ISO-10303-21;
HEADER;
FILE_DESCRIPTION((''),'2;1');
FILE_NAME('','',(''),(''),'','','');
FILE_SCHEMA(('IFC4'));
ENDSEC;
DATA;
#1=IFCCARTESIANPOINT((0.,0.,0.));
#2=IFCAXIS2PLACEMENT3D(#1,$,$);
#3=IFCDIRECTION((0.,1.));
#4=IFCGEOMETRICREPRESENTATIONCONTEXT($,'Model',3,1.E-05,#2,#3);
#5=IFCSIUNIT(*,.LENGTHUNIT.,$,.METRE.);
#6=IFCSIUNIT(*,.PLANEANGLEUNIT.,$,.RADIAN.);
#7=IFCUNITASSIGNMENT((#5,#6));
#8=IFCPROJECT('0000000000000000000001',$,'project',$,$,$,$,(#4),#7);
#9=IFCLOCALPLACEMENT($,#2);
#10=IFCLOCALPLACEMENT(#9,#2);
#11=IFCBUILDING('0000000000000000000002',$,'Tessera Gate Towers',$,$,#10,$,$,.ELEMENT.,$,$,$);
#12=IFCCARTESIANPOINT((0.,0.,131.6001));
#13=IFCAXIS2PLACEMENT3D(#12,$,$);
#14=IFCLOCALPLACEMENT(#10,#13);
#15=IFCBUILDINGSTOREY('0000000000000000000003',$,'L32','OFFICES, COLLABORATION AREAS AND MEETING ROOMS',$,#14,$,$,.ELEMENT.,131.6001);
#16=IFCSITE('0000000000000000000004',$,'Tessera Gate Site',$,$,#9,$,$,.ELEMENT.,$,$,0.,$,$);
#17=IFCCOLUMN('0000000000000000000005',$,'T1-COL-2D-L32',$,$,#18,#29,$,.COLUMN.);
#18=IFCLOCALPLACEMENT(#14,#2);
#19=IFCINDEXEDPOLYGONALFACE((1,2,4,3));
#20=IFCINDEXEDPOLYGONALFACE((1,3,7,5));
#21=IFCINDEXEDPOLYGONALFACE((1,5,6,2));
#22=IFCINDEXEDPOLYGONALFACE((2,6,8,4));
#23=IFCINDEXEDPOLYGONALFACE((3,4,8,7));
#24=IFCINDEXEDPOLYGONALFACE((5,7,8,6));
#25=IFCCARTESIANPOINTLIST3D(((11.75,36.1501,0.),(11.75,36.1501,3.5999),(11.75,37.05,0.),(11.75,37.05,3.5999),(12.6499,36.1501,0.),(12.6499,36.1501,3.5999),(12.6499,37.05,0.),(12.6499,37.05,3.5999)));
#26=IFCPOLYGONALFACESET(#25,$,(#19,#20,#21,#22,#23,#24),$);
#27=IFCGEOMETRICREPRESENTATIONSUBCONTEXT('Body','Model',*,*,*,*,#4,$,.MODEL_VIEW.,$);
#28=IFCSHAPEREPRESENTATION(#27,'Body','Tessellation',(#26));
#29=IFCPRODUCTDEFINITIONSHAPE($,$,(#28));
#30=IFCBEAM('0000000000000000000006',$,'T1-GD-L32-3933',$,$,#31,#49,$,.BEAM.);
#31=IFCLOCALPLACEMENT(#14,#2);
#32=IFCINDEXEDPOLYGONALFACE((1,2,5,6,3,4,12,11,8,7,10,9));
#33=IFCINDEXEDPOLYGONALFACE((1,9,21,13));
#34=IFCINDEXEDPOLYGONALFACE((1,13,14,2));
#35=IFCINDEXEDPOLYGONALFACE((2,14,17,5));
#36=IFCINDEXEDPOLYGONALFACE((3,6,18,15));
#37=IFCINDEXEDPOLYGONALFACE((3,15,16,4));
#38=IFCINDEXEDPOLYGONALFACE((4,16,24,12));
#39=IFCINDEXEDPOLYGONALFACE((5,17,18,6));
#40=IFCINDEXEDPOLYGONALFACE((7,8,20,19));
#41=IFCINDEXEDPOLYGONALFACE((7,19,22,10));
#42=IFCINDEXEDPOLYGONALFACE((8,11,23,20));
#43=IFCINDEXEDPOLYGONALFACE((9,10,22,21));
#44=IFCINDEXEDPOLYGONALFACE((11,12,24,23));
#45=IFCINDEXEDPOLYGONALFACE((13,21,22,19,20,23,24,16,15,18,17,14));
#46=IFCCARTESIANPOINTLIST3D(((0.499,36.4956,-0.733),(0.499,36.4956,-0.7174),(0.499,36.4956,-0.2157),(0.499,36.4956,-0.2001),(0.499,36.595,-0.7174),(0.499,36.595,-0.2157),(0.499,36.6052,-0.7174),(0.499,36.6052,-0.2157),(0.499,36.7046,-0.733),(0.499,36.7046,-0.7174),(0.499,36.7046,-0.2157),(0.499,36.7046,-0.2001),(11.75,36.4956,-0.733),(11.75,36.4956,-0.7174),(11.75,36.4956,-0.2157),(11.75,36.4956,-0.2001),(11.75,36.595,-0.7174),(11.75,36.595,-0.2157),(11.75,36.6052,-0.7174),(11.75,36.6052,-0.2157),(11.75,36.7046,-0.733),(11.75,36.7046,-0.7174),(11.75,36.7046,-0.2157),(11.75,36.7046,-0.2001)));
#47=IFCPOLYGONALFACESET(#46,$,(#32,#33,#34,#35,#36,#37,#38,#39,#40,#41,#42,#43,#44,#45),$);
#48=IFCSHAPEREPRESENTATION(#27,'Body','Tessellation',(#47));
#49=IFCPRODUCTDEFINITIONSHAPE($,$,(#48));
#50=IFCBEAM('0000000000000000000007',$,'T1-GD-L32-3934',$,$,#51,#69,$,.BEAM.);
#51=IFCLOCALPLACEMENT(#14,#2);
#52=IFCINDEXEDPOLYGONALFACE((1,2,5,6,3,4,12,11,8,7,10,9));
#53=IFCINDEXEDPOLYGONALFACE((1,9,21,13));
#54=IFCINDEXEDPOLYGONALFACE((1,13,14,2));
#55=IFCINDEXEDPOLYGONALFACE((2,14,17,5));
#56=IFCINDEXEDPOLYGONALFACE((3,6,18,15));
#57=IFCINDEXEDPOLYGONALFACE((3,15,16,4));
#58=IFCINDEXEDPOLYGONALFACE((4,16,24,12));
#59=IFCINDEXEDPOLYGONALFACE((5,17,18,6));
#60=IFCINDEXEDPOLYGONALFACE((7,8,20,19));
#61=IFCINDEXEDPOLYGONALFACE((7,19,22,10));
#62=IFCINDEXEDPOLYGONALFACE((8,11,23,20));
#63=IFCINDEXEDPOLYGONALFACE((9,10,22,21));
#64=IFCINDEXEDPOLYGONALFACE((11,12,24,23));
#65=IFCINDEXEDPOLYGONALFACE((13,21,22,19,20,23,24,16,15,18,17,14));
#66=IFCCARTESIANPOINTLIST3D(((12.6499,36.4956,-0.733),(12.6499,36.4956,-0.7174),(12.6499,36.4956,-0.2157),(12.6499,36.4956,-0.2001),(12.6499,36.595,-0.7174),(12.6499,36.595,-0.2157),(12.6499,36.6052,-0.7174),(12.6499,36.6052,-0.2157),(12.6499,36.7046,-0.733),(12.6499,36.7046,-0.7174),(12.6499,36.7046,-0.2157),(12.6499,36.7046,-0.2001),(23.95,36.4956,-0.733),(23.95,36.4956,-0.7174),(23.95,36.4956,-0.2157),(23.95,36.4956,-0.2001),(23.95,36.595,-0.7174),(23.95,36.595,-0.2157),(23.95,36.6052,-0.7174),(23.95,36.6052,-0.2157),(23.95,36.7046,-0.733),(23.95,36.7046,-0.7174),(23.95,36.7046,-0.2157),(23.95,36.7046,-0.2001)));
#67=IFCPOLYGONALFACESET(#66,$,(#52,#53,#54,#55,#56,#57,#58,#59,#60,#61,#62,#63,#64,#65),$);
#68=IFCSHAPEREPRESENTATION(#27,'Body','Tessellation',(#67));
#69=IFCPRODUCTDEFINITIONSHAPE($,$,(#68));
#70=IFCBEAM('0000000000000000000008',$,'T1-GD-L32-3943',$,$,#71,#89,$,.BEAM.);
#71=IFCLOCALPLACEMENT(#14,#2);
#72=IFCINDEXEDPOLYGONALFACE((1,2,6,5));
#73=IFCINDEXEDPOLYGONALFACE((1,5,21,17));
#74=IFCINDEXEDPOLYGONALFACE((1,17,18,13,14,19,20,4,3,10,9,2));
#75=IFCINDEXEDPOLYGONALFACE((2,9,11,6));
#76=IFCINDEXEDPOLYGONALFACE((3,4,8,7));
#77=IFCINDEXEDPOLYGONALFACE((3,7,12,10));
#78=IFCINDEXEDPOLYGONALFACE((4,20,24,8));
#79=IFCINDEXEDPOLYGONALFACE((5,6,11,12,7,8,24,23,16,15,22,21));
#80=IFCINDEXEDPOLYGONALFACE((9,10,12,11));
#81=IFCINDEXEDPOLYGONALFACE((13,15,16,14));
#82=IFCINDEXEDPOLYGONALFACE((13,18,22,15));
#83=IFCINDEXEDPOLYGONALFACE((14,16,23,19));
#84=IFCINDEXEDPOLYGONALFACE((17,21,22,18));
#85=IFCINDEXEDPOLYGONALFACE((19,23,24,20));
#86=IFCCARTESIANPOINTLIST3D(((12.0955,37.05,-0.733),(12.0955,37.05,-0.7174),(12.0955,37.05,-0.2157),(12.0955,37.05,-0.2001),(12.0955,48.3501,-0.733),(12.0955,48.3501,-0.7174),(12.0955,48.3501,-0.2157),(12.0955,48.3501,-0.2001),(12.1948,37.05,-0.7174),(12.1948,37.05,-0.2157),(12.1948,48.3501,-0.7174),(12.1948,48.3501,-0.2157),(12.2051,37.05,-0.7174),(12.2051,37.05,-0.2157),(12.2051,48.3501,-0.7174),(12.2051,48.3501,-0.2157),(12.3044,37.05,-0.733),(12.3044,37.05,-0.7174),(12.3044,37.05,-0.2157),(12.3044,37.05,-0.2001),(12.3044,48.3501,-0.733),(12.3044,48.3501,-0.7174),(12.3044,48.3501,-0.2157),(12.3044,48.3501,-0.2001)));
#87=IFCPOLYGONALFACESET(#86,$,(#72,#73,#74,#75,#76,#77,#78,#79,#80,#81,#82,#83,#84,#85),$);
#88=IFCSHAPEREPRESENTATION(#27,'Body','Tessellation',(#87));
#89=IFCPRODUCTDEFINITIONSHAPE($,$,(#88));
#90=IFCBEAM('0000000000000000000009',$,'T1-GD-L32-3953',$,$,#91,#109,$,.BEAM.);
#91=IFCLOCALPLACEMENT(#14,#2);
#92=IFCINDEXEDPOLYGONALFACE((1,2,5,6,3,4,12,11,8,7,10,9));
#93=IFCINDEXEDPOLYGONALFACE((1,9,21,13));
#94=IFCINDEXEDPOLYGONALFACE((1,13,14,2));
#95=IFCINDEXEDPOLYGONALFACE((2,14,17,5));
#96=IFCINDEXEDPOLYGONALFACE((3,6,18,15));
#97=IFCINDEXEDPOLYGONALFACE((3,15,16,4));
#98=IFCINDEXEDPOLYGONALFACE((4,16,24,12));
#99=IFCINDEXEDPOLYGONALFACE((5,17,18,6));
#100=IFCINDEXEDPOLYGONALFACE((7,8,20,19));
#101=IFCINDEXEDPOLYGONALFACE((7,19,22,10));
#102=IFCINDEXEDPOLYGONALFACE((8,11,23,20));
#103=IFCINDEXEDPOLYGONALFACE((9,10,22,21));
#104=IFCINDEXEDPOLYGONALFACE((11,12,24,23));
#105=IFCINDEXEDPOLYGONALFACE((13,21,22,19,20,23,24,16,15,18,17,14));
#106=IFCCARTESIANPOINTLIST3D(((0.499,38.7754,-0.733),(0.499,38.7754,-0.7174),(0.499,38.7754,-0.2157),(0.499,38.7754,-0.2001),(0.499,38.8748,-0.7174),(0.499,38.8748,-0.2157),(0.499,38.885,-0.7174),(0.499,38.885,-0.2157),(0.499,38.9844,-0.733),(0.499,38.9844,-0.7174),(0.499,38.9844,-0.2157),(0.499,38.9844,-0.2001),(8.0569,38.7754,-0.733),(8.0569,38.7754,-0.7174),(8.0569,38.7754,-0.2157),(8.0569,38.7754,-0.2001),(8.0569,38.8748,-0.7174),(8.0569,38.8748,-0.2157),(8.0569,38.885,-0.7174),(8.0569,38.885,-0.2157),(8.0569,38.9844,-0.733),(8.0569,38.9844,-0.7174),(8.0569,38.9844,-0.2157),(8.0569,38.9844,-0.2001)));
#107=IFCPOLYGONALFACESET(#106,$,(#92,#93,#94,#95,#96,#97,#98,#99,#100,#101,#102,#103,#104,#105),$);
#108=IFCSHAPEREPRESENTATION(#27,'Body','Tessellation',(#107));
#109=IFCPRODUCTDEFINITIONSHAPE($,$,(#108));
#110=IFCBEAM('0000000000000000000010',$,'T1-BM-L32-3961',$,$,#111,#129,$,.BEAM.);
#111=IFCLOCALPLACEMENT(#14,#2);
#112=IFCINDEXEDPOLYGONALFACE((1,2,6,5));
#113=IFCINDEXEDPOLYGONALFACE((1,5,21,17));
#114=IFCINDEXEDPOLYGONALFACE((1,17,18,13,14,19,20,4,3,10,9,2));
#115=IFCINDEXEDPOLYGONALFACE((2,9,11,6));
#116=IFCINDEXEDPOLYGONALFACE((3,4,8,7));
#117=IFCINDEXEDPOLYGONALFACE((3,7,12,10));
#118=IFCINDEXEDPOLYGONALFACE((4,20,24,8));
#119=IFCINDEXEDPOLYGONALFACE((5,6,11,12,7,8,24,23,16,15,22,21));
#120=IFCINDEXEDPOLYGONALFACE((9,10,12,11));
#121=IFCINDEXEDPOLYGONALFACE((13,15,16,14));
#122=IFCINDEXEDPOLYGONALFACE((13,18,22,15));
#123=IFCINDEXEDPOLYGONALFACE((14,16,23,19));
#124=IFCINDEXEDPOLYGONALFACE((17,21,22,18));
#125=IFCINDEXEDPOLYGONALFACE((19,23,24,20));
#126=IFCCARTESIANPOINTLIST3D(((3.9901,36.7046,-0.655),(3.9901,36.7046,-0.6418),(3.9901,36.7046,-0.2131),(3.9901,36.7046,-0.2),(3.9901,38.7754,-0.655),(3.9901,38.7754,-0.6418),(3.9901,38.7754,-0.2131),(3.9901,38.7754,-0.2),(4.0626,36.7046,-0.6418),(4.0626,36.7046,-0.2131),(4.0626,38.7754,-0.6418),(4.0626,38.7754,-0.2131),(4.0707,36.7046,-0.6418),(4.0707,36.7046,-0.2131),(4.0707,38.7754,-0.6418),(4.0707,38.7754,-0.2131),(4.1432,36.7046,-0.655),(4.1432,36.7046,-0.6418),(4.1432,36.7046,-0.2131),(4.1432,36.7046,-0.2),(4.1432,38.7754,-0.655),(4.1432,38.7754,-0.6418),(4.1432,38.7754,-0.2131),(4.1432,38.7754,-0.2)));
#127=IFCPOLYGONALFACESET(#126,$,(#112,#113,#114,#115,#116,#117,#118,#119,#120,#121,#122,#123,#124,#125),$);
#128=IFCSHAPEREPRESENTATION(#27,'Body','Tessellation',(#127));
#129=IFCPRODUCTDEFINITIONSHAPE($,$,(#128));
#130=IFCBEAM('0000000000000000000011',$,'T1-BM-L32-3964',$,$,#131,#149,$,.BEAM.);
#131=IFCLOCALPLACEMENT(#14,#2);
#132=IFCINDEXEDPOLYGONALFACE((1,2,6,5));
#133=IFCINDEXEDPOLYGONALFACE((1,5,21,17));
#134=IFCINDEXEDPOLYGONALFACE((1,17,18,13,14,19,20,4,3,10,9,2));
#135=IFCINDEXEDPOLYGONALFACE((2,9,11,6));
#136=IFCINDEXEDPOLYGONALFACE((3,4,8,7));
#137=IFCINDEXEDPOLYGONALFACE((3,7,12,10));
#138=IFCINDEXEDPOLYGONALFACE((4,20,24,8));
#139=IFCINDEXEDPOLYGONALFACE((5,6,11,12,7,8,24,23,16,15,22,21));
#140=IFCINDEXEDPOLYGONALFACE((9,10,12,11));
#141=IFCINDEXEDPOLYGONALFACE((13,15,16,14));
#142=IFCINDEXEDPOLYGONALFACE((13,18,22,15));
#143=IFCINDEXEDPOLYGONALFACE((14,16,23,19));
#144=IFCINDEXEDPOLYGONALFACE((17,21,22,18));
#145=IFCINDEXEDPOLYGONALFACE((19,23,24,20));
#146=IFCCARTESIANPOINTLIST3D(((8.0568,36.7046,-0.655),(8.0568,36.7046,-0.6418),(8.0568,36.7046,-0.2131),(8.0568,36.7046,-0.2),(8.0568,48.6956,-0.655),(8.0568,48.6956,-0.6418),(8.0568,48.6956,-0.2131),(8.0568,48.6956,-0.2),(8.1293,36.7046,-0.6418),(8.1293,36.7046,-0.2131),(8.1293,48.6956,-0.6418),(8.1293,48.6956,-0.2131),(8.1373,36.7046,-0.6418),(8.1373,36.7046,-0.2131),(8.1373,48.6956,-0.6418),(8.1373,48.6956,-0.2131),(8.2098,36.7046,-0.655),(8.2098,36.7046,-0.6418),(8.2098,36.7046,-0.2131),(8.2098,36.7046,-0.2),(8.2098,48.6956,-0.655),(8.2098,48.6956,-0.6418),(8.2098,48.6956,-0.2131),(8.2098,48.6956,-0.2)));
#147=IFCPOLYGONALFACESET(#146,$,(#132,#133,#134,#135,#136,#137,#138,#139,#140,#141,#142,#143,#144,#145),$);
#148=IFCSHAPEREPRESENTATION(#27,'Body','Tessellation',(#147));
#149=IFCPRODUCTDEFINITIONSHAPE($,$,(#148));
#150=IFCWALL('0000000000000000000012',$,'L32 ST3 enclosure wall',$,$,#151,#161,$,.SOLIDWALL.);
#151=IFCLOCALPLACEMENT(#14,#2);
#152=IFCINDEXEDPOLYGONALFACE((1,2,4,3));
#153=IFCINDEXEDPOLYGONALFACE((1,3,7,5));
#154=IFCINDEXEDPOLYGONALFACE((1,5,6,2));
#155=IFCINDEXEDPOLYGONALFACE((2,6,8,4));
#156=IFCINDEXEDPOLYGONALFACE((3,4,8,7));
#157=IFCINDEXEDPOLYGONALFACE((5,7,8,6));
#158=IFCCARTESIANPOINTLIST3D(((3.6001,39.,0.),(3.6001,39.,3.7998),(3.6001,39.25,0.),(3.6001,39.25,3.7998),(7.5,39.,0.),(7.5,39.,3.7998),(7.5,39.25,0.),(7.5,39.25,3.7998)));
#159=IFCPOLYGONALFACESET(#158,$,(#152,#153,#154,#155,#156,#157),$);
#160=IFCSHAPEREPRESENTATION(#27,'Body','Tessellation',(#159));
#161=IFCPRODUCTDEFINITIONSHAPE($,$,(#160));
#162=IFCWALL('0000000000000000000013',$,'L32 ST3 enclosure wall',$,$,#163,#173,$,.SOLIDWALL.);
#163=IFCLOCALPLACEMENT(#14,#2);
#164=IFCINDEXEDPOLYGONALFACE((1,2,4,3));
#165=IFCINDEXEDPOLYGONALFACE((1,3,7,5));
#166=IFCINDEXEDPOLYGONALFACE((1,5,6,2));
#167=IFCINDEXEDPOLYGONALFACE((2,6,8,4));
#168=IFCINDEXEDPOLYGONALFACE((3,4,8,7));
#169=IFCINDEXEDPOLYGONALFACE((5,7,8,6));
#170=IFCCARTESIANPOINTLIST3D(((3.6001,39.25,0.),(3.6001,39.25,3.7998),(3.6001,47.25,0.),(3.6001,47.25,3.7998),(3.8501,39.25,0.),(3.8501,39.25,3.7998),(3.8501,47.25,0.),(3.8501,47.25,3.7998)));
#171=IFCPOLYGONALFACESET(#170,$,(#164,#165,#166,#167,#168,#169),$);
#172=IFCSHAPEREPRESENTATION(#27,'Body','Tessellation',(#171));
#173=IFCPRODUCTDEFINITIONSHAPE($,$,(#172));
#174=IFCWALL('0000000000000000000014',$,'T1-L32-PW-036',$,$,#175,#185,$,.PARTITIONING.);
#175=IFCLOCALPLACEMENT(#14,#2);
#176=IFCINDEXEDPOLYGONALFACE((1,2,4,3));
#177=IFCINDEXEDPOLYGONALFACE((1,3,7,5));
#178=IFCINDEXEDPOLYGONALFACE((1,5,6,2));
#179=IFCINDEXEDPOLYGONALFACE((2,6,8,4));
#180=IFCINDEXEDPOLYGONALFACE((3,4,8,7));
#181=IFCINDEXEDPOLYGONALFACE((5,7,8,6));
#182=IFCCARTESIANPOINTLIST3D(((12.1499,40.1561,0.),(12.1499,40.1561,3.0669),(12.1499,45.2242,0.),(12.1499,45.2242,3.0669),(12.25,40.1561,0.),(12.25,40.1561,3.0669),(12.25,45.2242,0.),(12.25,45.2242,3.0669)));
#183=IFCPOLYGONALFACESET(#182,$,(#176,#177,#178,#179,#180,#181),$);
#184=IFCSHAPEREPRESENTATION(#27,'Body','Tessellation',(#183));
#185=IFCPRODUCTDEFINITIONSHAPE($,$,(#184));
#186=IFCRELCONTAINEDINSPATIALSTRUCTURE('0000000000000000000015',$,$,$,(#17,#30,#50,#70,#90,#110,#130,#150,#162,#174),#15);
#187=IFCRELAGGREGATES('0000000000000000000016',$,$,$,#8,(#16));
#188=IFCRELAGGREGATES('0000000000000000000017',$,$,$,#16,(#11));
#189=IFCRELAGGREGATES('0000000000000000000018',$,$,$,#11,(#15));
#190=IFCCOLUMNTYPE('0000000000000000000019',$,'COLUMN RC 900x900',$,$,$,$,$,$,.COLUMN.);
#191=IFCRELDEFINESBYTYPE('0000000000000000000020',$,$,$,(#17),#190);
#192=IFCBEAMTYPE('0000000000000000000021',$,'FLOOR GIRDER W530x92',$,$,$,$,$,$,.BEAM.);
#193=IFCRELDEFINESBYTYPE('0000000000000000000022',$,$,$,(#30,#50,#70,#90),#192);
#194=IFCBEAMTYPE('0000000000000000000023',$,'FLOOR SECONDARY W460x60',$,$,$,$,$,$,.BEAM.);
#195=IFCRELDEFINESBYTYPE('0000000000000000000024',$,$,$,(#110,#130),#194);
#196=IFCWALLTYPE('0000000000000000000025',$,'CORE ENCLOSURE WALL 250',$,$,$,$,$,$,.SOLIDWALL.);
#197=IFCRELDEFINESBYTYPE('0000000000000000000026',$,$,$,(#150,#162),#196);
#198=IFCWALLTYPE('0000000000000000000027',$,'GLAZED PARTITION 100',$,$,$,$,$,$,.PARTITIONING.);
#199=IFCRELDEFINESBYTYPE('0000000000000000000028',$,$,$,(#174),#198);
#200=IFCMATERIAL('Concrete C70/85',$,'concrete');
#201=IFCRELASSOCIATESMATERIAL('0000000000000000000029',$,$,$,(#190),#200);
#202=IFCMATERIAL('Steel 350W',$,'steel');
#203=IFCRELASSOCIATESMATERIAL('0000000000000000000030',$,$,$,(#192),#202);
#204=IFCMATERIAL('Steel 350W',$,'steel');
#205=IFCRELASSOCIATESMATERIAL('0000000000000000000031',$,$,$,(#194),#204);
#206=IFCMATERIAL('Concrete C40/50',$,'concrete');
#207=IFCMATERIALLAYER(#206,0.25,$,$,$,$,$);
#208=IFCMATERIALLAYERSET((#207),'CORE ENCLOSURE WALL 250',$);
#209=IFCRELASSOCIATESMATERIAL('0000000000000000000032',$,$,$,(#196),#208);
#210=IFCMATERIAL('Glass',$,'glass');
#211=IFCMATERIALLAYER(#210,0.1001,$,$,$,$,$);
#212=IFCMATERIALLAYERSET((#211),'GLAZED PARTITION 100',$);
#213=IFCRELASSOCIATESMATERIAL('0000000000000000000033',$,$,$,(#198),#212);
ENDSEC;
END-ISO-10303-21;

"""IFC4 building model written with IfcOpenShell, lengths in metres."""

from ifc_helpers import new_model, si_unit, direction, frame, frame_2d, origin, origin_2d, place, context, subcontext, project, spatial, rectangle, i_section, extrude, material, layer, layer_set, material_profile, profile_set, type_object, element, save


model = new_model("IFC4")

# Units and contexts
model_context = context("Model", 3, precision=1e-05, world=origin(), true_north=direction((0.0, 1.0)))
body_context = subcontext(model_context, "Body", "Model", "MODEL_VIEW")
ifc_project = project(units=[si_unit("LENGTHUNIT", "METRE"), si_unit("PLANEANGLEUNIT", "RADIAN")], contexts=[model_context])

# Site, building, storey
site_placement = place(None, origin())
site = spatial("IfcSite", under=ifc_project, at=site_placement, Name="Tessera Gate Site", CompositionType="ELEMENT", RefElevation=0.0)
building_placement = place(site_placement, origin())
building = spatial("IfcBuilding", under=site, at=building_placement, Name="Tessera Gate Towers", CompositionType="ELEMENT")
storey_placement = place(building_placement, frame((0.0, 0.0, 131.6001)))
storey = spatial("IfcBuildingStorey", under=building, at=storey_placement, Name="L32", Description="OFFICES, COLLABORATION AREAS AND MEETING ROOMS", CompositionType="ELEMENT", Elevation=131.6001)

# Column
ifc_material_1 = material(Name="Concrete C70/85", Category="concrete")
ifc_material_profile_1 = material_profile(ifc_material_1, rectangle(XDim=0.8999, YDim=0.8999, at=origin_2d()), Name="RC 900x900")
ifc_profile_set_1 = profile_set([ifc_material_profile_1], Name="Concrete C70/85")
column_type = type_object("IfcColumnType", Name="COLUMN RC 900x900", PredefinedType="COLUMN", material=ifc_profile_set_1)
column_placement = place(storey_placement, frame((12.2, 36.6001, 0.0), z_axis=(0.0, 0.0, 1.0), x_axis=(1.0, 0.0, 0.0)))
element("IfcColumn", 1, at=column_placement, inside=storey, type_object=column_type, Name="T1-COL-2D-L32", PredefinedType="COLUMN", context=body_context, shape_type="SweptSolid", body=[
    extrude(rectangle(XDim=0.8999, YDim=0.8999, at=origin_2d()), origin(), (0.0, 0.0, 1.0), 3.5999),
])

# Beams
ifc_material_2 = material(Name="Steel 350W", Category="steel")
ifc_material_profile_2 = material_profile(ifc_material_2, i_section(OverallWidth=0.209, OverallDepth=0.533, WebThickness=0.0103, FlangeThickness=0.0156, at=origin_2d()), Name="W530x92")
ifc_profile_set_2 = profile_set([ifc_material_profile_2], Name="Steel 350W")
beam_type_1 = type_object("IfcBeamType", Name="FLOOR GIRDER W530x92", PredefinedType="BEAM", material=ifc_profile_set_2)
beam_1_placement = place(storey_placement, frame((0.499, 36.6001, -0.4666), z_axis=(1.0, 0.0, 0.0), x_axis=(0.0, 1.0, 0.0)))
element("IfcBeam", 2, at=beam_1_placement, inside=storey, type_object=beam_type_1, Name="T1-GD-L32-3933", PredefinedType="BEAM", context=body_context, shape_type="SweptSolid", body=[
    extrude(i_section(OverallWidth=0.209, OverallDepth=0.533, WebThickness=0.0103, FlangeThickness=0.0156, at=origin_2d()), origin(), (0.0, 0.0, 1.0), 11.251),
])
for number, where, z_axis, x_axis, name in (
    (3, (12.6499, 36.6001, -0.4666), (1.0, 0.0, 0.0), (0.0, 1.0, 0.0), "T1-GD-L32-3934"),
    (4, (12.2, 37.05, -0.4666), (0.0, 1.0, 0.0), (-1.0, 0.0, 0.0), "T1-GD-L32-3943"),
):
    element("IfcBeam", number, at=place(storey_placement, frame(where, z_axis=z_axis, x_axis=x_axis)), inside=storey, type_object=beam_type_1, Name=name, PredefinedType="BEAM", context=body_context, shape_type="SweptSolid", body=[
        extrude(i_section(OverallWidth=0.209, OverallDepth=0.533, WebThickness=0.0103, FlangeThickness=0.0156, at=origin_2d()), origin(), (0.0, 0.0, 1.0), 11.3),
    ])
beam_2_placement = place(storey_placement, frame((0.499, 38.8799, -0.4666), z_axis=(1.0, 0.0, 0.0), x_axis=(0.0, 1.0, 0.0)))
element("IfcBeam", 5, at=beam_2_placement, inside=storey, type_object=beam_type_1, Name="T1-GD-L32-3953", PredefinedType="BEAM", context=body_context, shape_type="SweptSolid", body=[
    extrude(i_section(OverallWidth=0.209, OverallDepth=0.533, WebThickness=0.0103, FlangeThickness=0.0156, at=origin_2d()), origin(), (0.0, 0.0, 1.0), 7.5579),
])
ifc_material_3 = material(Name="Steel 350W", Category="steel")
ifc_material_profile_3 = material_profile(ifc_material_3, i_section(OverallWidth=0.1531, OverallDepth=0.4551, WebThickness=0.0081, FlangeThickness=0.0132, at=origin_2d()), Name="W460x60")
ifc_profile_set_3 = profile_set([ifc_material_profile_3], Name="Steel 350W")
beam_type_2 = type_object("IfcBeamType", Name="FLOOR SECONDARY W460x60", PredefinedType="BEAM", material=ifc_profile_set_3)
beam_3_placement = place(storey_placement, frame((4.0667, 36.7046, -0.4275), z_axis=(0.0, 1.0, 0.0), x_axis=(-1.0, 0.0, 0.0)))
element("IfcBeam", 6, at=beam_3_placement, inside=storey, type_object=beam_type_2, Name="T1-BM-L32-3961", PredefinedType="BEAM", context=body_context, shape_type="SweptSolid", body=[
    extrude(i_section(OverallWidth=0.1531, OverallDepth=0.4551, WebThickness=0.0081, FlangeThickness=0.0132, at=origin_2d()), origin(), (0.0, 0.0, 1.0), 2.0708),
])
beam_4_placement = place(storey_placement, frame((8.1333, 36.7046, -0.4275), z_axis=(0.0, 1.0, 0.0), x_axis=(-1.0, 0.0, 0.0)))
element("IfcBeam", 7, at=beam_4_placement, inside=storey, type_object=beam_type_2, Name="T1-BM-L32-3964", PredefinedType="BEAM", context=body_context, shape_type="SweptSolid", body=[
    extrude(i_section(OverallWidth=0.1531, OverallDepth=0.4551, WebThickness=0.0081, FlangeThickness=0.0132, at=origin_2d()), origin(), (0.0, 0.0, 1.0), 11.991),
])

# Walls
ifc_material_4 = material(Name="Concrete C40/50", Category="concrete")
ifc_layer_1 = layer(ifc_material_4, 0.25)
ifc_layer_set_1 = layer_set([ifc_layer_1], Name="CORE ENCLOSURE WALL 250")
wall_type_1 = type_object("IfcWallType", Name="CORE ENCLOSURE WALL 250", PredefinedType="SOLIDWALL", material=ifc_layer_set_1)
wall_1_placement = place(storey_placement, frame((7.5, 39.125, 0.0), z_axis=(0.0, 0.0, 1.0), x_axis=(-1.0, 0.0, 0.0)))
element("IfcWall", 8, at=wall_1_placement, inside=storey, type_object=wall_type_1, Name="L32 ST3 enclosure wall", PredefinedType="SOLIDWALL", context=body_context, shape_type="SweptSolid", body=[
    extrude(rectangle(XDim=3.8999, YDim=0.25, at=frame_2d((1.95, 0.0))), origin(), (0.0, 0.0, 1.0), 3.7998),
])
wall_2_placement = place(storey_placement, frame((3.7251, 39.25, 0.0), z_axis=(0.0, 0.0, 1.0), x_axis=(0.0, 1.0, 0.0)))
element("IfcWall", 9, at=wall_2_placement, inside=storey, type_object=wall_type_1, Name="L32 ST3 enclosure wall", PredefinedType="SOLIDWALL", context=body_context, shape_type="SweptSolid", body=[
    extrude(rectangle(XDim=8.0, YDim=0.25, at=frame_2d((4.0, 0.0))), origin(), (0.0, 0.0, 1.0), 3.7998),
])
ifc_material_5 = material(Name="Glass", Category="glass")
ifc_layer_2 = layer(ifc_material_5, 0.1001)
ifc_layer_set_2 = layer_set([ifc_layer_2], Name="GLAZED PARTITION 100")
wall_type_2 = type_object("IfcWallType", Name="GLAZED PARTITION 100", PredefinedType="PARTITIONING", material=ifc_layer_set_2)
wall_3_placement = place(storey_placement, frame((12.2, 40.156, 0.0), z_axis=(0.0, 0.0, 1.0), x_axis=(0.0, 1.0, 0.0)))
element("IfcWall", 10, at=wall_3_placement, inside=storey, type_object=wall_type_2, Name="T1-L32-PW-036", PredefinedType="PARTITIONING", context=body_context, shape_type="SweptSolid", body=[
    extrude(rectangle(XDim=5.0681, YDim=0.1001, at=frame_2d((2.5342, 0.0))), origin(), (0.0, 0.0, 1.0), 3.0669),
])

save(model, "model.ifc")
